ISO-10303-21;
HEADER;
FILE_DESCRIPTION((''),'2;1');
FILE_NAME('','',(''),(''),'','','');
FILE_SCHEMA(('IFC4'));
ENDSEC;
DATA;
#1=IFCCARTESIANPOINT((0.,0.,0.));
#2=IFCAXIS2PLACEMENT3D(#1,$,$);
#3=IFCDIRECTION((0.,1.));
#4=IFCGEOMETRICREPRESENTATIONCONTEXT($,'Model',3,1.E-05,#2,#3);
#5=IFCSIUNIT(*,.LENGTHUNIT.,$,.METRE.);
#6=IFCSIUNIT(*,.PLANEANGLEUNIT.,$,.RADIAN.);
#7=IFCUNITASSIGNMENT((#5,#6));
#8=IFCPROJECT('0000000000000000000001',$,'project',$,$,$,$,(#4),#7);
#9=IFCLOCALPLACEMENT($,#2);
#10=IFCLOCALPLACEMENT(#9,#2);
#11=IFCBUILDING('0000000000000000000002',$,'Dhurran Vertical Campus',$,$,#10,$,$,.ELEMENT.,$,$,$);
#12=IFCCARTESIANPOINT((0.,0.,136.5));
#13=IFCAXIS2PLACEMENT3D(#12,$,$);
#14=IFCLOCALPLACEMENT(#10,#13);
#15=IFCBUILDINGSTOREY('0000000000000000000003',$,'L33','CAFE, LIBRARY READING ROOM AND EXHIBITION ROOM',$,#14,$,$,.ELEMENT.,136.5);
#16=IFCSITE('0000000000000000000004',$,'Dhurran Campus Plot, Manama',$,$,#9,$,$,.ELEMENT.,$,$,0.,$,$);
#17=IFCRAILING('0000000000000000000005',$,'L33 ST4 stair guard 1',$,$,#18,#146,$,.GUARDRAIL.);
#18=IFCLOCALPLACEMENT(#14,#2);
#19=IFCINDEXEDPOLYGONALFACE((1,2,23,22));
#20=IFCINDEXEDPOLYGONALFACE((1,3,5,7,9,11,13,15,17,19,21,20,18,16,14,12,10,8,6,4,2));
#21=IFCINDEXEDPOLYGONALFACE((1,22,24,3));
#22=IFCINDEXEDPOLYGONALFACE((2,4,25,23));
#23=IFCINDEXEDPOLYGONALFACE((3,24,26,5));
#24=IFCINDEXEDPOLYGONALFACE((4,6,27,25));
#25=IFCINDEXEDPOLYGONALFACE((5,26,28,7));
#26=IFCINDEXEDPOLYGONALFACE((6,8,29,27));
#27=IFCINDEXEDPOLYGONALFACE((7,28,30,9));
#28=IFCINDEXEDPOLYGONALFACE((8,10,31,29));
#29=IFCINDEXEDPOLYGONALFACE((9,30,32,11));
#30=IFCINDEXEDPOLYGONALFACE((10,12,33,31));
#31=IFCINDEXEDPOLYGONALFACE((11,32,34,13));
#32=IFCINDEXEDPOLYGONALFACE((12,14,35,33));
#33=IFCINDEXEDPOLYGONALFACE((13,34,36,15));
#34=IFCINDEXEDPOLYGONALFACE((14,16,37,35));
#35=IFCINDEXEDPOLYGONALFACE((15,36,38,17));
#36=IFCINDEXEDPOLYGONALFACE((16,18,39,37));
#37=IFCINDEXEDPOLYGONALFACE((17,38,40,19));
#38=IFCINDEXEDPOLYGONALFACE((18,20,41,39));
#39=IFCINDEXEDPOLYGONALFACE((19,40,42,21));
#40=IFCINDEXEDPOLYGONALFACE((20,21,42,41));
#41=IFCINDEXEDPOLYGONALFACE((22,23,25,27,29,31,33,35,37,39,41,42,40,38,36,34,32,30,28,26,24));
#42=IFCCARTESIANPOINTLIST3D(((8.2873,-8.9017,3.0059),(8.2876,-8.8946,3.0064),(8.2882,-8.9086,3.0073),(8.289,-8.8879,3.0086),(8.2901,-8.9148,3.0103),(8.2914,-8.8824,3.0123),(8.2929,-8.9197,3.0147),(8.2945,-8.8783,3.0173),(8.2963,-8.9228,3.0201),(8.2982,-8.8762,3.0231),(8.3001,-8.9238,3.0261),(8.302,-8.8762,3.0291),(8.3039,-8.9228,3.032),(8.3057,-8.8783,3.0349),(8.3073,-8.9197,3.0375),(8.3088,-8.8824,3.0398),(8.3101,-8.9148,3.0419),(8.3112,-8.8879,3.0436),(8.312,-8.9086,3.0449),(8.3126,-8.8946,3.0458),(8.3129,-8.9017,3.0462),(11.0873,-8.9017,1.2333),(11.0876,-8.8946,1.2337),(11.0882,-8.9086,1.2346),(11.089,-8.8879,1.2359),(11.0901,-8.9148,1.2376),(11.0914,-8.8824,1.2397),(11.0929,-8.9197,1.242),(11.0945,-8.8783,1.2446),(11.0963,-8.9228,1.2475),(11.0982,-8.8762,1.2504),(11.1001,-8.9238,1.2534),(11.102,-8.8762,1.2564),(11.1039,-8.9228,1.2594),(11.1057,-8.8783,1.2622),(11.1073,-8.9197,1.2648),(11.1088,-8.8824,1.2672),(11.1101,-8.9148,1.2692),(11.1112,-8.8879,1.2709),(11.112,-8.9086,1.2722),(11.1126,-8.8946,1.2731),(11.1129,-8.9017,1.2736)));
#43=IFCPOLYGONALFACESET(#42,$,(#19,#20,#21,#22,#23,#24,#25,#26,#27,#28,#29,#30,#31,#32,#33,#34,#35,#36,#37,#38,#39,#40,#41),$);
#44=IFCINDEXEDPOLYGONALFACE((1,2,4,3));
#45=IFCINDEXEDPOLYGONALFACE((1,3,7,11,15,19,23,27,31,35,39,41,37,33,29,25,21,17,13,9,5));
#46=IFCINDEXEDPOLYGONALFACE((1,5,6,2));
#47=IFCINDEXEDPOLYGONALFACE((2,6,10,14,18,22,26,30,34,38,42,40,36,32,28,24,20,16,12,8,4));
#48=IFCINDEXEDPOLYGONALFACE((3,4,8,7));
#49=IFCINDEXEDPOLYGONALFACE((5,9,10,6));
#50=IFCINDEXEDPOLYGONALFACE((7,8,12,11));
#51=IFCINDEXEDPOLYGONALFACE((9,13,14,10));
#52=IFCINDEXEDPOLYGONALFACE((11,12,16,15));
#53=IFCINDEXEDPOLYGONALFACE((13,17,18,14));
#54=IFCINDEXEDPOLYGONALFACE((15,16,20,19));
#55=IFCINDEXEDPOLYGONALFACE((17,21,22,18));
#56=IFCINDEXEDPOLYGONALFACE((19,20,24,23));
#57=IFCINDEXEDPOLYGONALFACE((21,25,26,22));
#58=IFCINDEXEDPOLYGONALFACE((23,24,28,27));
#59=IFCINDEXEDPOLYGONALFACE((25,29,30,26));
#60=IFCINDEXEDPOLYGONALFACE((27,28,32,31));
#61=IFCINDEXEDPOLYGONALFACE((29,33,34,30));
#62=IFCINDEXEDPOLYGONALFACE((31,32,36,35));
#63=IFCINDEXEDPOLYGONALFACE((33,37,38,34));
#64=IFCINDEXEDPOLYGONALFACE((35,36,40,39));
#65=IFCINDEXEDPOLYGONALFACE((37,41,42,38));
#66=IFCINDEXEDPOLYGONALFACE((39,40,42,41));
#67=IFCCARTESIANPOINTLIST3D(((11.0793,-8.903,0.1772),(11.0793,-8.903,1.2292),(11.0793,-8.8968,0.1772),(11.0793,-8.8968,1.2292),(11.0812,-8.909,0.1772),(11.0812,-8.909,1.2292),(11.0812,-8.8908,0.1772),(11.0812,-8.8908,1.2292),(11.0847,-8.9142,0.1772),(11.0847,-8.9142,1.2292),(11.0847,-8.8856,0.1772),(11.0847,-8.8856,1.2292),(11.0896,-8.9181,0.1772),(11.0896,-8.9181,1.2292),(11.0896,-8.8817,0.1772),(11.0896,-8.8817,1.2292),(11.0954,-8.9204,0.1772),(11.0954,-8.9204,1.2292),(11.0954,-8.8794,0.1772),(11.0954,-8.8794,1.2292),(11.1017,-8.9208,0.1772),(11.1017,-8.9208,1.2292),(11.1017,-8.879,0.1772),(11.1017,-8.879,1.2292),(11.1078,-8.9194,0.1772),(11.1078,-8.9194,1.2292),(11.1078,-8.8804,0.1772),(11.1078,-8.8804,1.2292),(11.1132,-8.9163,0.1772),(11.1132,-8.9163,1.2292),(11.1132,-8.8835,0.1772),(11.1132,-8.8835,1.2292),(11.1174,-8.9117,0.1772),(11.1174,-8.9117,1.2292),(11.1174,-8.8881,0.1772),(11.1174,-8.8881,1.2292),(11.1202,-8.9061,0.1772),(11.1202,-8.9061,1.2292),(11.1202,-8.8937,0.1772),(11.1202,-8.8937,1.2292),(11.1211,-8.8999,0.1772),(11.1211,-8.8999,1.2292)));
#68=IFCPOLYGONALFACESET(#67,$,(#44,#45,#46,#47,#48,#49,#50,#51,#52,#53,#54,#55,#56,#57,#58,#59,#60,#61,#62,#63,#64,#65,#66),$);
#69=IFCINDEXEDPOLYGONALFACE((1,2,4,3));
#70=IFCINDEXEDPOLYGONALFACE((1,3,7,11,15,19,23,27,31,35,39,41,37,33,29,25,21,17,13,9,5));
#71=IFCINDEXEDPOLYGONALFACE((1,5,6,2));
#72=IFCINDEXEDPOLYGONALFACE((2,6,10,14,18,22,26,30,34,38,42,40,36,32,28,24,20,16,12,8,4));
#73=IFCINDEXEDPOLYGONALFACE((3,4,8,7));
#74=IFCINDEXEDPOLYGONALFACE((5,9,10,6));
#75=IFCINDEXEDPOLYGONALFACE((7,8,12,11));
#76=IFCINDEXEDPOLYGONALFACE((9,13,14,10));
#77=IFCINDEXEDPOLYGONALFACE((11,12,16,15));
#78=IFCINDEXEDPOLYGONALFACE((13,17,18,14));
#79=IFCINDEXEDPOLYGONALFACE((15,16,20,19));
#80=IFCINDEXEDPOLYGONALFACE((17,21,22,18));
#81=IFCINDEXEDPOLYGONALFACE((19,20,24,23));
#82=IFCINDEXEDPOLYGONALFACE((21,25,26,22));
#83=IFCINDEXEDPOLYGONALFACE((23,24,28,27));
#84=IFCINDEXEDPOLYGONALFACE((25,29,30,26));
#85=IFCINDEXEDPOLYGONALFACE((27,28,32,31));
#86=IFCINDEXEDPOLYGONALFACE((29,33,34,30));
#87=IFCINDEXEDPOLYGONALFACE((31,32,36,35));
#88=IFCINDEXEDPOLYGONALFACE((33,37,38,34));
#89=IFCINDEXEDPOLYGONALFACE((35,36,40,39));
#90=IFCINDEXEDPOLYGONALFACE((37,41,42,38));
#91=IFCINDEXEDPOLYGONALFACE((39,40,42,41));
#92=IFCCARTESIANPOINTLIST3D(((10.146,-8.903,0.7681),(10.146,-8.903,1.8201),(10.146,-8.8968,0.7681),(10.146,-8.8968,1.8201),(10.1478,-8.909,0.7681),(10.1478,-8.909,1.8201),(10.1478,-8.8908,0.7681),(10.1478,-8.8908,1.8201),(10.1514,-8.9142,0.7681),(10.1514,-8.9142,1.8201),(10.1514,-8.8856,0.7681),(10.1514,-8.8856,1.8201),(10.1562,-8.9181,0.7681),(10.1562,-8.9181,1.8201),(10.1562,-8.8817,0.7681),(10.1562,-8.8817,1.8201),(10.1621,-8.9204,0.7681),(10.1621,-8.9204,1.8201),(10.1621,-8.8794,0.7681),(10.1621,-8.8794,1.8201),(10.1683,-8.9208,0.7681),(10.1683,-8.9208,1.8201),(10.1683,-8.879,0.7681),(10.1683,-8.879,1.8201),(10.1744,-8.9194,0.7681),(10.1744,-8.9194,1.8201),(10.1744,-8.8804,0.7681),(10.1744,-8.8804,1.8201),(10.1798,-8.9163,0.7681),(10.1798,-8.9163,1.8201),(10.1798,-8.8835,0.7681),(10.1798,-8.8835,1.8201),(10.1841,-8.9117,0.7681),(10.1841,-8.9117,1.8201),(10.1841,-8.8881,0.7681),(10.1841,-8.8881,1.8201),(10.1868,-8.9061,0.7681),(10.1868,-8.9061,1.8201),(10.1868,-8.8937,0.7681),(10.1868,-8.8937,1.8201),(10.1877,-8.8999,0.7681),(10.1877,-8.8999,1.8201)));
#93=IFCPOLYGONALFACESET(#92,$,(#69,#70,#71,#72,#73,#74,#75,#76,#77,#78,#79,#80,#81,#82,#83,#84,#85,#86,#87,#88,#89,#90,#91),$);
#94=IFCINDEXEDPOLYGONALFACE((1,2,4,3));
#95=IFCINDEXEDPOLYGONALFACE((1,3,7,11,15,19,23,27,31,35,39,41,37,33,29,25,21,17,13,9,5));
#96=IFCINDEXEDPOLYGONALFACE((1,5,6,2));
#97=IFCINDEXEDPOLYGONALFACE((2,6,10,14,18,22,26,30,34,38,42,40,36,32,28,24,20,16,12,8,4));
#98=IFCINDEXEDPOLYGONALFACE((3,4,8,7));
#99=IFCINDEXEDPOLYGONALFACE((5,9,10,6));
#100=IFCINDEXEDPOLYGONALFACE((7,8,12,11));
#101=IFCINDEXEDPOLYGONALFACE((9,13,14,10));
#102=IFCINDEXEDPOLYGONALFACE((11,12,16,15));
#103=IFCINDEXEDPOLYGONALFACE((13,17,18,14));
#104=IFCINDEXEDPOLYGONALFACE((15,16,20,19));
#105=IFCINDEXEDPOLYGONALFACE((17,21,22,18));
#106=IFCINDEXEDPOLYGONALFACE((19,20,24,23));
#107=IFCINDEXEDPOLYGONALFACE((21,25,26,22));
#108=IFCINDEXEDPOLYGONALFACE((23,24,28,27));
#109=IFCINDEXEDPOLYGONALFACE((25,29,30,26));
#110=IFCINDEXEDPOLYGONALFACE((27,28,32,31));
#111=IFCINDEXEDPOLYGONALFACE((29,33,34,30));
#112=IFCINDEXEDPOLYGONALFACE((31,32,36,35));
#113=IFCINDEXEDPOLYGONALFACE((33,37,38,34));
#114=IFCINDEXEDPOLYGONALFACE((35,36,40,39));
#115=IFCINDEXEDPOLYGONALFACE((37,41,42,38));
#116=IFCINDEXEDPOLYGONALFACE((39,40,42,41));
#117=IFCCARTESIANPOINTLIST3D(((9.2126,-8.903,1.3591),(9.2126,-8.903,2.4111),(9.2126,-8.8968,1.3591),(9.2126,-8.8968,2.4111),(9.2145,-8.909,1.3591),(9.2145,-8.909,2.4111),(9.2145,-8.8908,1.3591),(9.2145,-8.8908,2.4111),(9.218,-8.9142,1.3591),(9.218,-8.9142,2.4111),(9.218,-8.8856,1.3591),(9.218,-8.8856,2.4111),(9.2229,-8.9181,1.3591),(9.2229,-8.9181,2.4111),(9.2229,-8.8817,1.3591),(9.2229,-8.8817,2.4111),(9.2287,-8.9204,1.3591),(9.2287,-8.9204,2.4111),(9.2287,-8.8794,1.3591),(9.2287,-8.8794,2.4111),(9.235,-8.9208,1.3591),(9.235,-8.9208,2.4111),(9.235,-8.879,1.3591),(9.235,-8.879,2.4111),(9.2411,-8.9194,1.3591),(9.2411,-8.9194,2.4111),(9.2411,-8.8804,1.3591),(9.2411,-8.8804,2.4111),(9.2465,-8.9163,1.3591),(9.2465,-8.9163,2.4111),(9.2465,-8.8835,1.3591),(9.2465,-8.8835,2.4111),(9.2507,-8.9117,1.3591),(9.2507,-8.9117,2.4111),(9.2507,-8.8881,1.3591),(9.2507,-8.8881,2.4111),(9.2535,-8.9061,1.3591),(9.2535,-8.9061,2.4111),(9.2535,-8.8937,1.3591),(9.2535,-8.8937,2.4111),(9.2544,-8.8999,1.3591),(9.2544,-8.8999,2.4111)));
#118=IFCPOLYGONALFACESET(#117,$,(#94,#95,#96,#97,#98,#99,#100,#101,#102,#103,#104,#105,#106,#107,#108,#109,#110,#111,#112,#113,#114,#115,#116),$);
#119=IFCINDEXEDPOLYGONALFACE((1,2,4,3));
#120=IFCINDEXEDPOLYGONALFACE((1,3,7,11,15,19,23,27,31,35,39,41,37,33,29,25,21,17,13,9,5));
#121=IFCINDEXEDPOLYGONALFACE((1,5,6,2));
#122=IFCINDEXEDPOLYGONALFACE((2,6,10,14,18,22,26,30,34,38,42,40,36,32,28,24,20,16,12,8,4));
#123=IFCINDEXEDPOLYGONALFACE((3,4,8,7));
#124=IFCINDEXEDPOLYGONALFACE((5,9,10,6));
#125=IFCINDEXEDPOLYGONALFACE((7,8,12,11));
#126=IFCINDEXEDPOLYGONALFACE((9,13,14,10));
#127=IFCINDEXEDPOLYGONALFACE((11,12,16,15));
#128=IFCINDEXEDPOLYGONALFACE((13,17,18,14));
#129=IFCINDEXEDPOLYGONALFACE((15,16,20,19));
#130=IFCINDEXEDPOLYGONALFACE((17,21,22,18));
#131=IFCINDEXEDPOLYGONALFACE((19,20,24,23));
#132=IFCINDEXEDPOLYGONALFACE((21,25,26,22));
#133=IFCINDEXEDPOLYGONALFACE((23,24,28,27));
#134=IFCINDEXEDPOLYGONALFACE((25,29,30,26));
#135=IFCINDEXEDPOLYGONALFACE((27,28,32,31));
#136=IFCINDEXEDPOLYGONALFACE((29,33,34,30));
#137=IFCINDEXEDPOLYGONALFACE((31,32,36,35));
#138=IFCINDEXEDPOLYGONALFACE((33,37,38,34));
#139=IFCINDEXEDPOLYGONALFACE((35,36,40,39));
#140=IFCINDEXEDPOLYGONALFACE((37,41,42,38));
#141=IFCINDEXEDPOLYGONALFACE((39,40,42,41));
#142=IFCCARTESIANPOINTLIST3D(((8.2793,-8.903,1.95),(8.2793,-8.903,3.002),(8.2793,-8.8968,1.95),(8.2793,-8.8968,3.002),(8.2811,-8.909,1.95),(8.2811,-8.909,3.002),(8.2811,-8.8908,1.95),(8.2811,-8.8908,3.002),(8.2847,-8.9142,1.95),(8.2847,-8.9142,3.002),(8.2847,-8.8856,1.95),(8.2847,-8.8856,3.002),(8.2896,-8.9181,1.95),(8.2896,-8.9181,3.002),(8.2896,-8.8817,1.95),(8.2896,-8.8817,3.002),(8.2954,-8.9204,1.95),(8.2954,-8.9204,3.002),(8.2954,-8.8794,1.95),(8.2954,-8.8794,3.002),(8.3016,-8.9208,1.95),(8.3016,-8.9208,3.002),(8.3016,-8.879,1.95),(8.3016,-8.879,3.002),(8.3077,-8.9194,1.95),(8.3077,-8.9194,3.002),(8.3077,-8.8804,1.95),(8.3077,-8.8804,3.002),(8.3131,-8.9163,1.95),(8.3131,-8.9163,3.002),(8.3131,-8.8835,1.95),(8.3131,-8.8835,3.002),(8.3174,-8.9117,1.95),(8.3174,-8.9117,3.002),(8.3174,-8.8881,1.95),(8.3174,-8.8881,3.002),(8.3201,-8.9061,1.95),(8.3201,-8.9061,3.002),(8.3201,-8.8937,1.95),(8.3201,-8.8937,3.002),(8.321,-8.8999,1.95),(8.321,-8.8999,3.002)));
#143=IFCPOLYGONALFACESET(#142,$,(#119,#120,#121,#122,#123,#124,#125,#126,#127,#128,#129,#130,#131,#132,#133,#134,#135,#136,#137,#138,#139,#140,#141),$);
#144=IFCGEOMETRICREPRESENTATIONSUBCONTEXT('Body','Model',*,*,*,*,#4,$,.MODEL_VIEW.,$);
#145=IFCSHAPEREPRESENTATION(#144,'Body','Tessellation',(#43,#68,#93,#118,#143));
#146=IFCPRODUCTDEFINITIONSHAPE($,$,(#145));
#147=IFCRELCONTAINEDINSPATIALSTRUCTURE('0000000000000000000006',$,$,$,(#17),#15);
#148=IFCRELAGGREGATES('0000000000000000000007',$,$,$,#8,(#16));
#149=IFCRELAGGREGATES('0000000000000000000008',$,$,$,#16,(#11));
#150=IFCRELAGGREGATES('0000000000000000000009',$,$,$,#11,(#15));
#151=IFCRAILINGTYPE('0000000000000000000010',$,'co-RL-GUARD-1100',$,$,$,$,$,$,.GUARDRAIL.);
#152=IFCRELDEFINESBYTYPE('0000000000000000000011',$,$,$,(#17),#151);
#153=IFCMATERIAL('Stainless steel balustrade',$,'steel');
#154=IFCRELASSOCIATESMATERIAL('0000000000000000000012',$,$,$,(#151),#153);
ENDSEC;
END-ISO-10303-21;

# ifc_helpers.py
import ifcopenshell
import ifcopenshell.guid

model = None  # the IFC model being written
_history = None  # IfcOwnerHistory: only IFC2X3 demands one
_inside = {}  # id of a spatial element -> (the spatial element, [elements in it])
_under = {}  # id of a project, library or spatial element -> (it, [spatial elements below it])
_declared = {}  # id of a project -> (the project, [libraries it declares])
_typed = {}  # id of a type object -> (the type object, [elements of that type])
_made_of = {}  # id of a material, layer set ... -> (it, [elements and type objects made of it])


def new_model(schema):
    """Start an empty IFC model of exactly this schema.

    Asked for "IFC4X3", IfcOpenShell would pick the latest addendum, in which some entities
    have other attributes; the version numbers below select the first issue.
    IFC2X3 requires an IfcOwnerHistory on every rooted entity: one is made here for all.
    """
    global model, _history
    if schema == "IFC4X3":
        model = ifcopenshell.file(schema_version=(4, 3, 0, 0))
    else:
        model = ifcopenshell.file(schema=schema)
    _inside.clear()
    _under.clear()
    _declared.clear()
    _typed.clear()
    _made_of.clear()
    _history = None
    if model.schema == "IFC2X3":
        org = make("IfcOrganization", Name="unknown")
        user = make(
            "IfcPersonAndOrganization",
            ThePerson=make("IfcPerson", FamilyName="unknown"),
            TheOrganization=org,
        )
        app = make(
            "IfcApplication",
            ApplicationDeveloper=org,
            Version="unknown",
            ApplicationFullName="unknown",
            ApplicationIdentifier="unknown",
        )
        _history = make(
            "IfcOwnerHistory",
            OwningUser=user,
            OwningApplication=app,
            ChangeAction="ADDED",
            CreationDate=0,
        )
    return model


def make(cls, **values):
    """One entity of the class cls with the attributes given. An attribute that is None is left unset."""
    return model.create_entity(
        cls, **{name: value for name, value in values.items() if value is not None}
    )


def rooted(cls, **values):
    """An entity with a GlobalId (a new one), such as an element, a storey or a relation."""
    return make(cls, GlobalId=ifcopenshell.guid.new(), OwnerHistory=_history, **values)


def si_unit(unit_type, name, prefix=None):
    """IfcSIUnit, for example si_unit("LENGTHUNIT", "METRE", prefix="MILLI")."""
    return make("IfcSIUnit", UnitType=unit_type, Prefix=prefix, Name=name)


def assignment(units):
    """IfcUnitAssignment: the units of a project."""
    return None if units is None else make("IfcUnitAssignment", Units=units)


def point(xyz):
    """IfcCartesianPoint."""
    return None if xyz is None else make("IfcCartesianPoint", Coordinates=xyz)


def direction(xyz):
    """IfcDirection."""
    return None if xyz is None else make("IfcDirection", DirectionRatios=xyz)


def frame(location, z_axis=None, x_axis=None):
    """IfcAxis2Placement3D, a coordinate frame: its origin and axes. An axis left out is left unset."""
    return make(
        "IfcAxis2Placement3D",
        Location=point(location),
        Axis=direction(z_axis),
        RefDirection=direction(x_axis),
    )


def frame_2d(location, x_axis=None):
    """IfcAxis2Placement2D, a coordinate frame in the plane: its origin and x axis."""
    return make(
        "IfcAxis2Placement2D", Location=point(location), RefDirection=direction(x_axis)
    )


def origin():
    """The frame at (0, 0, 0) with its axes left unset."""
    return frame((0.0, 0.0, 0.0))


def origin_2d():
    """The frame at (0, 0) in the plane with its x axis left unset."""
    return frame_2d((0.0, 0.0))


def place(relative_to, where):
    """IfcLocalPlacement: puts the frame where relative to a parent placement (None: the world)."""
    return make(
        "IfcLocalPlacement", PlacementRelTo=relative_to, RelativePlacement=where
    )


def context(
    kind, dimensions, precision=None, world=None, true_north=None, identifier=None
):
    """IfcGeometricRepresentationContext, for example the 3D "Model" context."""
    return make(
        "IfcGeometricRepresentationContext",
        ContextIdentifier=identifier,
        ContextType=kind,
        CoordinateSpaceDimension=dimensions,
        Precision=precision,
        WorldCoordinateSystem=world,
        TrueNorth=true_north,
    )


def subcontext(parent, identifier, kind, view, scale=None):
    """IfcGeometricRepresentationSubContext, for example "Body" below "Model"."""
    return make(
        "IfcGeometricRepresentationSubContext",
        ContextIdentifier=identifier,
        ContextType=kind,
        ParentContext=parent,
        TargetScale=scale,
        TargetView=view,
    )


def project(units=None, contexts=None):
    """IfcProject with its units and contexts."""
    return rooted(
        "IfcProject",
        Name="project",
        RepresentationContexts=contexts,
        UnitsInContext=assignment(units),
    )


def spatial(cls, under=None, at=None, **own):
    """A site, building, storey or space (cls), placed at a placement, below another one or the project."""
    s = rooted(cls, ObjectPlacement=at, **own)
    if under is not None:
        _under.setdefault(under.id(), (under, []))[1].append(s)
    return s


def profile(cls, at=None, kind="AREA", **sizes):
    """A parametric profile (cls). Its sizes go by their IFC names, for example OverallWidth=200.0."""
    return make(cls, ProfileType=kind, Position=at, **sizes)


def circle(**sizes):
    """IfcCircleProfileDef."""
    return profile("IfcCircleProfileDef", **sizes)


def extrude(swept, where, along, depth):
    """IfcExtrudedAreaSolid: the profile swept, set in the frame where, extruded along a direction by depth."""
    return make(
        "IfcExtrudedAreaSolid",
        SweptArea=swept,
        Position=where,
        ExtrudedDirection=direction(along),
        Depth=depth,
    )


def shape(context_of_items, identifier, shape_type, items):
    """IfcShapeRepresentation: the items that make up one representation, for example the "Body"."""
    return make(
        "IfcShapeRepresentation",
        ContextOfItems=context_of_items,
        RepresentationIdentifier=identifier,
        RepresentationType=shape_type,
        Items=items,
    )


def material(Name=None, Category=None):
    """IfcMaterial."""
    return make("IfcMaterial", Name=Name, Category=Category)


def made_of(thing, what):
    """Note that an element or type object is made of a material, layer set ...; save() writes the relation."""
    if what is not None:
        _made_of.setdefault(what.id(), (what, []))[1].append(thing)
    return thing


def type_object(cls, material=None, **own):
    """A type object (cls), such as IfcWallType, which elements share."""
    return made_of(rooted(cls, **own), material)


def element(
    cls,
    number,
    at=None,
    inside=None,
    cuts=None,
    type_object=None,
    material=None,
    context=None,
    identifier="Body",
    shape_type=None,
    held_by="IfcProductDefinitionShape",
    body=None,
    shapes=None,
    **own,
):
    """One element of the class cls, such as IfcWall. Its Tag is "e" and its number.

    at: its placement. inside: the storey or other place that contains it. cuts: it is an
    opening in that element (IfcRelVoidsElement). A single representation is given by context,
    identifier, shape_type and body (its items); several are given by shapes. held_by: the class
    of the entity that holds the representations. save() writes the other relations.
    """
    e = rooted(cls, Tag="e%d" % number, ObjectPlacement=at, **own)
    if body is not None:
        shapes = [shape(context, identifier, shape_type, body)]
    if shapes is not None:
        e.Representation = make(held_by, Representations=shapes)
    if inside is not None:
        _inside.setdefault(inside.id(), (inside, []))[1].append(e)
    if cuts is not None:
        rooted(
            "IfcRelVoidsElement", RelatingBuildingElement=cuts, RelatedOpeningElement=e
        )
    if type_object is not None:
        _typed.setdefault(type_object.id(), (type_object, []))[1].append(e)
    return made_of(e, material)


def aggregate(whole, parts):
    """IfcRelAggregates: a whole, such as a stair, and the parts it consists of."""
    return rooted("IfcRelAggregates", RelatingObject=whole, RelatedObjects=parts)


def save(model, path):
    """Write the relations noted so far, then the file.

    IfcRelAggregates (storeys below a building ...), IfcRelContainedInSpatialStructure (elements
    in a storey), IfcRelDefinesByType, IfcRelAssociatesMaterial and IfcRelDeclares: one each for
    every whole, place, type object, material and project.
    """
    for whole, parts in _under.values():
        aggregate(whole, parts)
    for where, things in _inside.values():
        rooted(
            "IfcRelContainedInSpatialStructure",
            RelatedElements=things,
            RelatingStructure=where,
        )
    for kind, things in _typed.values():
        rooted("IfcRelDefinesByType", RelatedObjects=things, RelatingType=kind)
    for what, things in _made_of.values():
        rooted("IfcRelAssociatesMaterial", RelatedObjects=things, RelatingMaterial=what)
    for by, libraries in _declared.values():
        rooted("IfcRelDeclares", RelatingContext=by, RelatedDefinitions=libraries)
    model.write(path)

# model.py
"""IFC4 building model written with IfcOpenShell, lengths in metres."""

from ifc_helpers import new_model, si_unit, direction, frame, origin, origin_2d, place, context, subcontext, project, spatial, circle, extrude, material, type_object, element, save


model = new_model("IFC4")

# Units and contexts
model_context = context("Model", 3, precision=1e-05, world=origin(), true_north=direction((0.0, 1.0)))
body_context = subcontext(model_context, "Body", "Model", "MODEL_VIEW")
ifc_project = project(units=[si_unit("LENGTHUNIT", "METRE"), si_unit("PLANEANGLEUNIT", "RADIAN")], contexts=[model_context])

# Site, building, storey
site_placement = place(None, origin())
site = spatial("IfcSite", under=ifc_project, at=site_placement, Name="Dhurran Campus Plot, Manama", CompositionType="ELEMENT", RefElevation=0.0)
building_placement = place(site_placement, origin())
building = spatial("IfcBuilding", under=site, at=building_placement, Name="Dhurran Vertical Campus", CompositionType="ELEMENT")
storey_placement = place(building_placement, frame((0.0, 0.0, 136.5)))
storey = spatial("IfcBuildingStorey", under=building, at=storey_placement, Name="L33", Description="CAFE, LIBRARY READING ROOM AND EXHIBITION ROOM", CompositionType="ELEMENT", Elevation=136.5)

# Railing
ifc_material_1 = material(Name="Stainless steel balustrade", Category="steel")
railing_type = type_object("IfcRailingType", Name="co-RL-GUARD-1100", PredefinedType="GUARDRAIL", material=ifc_material_1)
railing_placement = place(storey_placement, frame((11.1001, -8.8999, 0.1772)))
element("IfcRailing", 1, at=railing_placement, inside=storey, type_object=railing_type, Name="L33 ST4 stair guard 1", PredefinedType="GUARDRAIL", context=body_context, shape_type="SweptSolid", body=[
    extrude(circle(Radius=0.0239, at=origin_2d()), frame((0.0, 0.0, 1.0762), z_axis=(-0.844909, 0.0, 0.53491), x_axis=(0.0, -1.0, 0.0)), (0.0, 0.0, 1.0), 3.314),
    extrude(circle(Radius=0.021, at=origin_2d()), origin(), (0.0, 0.0, 1.0), 1.052),
    extrude(circle(Radius=0.021, at=origin_2d()), frame((-0.9333, 0.0, 0.5908)), (0.0, 0.0, 1.0), 1.052),
    extrude(circle(Radius=0.021, at=origin_2d()), frame((-1.8667, 0.0, 1.1819)), (0.0, 0.0, 1.0), 1.052),
    extrude(circle(Radius=0.021, at=origin_2d()), frame((-2.8, 0.0, 1.7727)), (0.0, 0.0, 1.0), 1.052),
])

save(model, "model.ifc")
